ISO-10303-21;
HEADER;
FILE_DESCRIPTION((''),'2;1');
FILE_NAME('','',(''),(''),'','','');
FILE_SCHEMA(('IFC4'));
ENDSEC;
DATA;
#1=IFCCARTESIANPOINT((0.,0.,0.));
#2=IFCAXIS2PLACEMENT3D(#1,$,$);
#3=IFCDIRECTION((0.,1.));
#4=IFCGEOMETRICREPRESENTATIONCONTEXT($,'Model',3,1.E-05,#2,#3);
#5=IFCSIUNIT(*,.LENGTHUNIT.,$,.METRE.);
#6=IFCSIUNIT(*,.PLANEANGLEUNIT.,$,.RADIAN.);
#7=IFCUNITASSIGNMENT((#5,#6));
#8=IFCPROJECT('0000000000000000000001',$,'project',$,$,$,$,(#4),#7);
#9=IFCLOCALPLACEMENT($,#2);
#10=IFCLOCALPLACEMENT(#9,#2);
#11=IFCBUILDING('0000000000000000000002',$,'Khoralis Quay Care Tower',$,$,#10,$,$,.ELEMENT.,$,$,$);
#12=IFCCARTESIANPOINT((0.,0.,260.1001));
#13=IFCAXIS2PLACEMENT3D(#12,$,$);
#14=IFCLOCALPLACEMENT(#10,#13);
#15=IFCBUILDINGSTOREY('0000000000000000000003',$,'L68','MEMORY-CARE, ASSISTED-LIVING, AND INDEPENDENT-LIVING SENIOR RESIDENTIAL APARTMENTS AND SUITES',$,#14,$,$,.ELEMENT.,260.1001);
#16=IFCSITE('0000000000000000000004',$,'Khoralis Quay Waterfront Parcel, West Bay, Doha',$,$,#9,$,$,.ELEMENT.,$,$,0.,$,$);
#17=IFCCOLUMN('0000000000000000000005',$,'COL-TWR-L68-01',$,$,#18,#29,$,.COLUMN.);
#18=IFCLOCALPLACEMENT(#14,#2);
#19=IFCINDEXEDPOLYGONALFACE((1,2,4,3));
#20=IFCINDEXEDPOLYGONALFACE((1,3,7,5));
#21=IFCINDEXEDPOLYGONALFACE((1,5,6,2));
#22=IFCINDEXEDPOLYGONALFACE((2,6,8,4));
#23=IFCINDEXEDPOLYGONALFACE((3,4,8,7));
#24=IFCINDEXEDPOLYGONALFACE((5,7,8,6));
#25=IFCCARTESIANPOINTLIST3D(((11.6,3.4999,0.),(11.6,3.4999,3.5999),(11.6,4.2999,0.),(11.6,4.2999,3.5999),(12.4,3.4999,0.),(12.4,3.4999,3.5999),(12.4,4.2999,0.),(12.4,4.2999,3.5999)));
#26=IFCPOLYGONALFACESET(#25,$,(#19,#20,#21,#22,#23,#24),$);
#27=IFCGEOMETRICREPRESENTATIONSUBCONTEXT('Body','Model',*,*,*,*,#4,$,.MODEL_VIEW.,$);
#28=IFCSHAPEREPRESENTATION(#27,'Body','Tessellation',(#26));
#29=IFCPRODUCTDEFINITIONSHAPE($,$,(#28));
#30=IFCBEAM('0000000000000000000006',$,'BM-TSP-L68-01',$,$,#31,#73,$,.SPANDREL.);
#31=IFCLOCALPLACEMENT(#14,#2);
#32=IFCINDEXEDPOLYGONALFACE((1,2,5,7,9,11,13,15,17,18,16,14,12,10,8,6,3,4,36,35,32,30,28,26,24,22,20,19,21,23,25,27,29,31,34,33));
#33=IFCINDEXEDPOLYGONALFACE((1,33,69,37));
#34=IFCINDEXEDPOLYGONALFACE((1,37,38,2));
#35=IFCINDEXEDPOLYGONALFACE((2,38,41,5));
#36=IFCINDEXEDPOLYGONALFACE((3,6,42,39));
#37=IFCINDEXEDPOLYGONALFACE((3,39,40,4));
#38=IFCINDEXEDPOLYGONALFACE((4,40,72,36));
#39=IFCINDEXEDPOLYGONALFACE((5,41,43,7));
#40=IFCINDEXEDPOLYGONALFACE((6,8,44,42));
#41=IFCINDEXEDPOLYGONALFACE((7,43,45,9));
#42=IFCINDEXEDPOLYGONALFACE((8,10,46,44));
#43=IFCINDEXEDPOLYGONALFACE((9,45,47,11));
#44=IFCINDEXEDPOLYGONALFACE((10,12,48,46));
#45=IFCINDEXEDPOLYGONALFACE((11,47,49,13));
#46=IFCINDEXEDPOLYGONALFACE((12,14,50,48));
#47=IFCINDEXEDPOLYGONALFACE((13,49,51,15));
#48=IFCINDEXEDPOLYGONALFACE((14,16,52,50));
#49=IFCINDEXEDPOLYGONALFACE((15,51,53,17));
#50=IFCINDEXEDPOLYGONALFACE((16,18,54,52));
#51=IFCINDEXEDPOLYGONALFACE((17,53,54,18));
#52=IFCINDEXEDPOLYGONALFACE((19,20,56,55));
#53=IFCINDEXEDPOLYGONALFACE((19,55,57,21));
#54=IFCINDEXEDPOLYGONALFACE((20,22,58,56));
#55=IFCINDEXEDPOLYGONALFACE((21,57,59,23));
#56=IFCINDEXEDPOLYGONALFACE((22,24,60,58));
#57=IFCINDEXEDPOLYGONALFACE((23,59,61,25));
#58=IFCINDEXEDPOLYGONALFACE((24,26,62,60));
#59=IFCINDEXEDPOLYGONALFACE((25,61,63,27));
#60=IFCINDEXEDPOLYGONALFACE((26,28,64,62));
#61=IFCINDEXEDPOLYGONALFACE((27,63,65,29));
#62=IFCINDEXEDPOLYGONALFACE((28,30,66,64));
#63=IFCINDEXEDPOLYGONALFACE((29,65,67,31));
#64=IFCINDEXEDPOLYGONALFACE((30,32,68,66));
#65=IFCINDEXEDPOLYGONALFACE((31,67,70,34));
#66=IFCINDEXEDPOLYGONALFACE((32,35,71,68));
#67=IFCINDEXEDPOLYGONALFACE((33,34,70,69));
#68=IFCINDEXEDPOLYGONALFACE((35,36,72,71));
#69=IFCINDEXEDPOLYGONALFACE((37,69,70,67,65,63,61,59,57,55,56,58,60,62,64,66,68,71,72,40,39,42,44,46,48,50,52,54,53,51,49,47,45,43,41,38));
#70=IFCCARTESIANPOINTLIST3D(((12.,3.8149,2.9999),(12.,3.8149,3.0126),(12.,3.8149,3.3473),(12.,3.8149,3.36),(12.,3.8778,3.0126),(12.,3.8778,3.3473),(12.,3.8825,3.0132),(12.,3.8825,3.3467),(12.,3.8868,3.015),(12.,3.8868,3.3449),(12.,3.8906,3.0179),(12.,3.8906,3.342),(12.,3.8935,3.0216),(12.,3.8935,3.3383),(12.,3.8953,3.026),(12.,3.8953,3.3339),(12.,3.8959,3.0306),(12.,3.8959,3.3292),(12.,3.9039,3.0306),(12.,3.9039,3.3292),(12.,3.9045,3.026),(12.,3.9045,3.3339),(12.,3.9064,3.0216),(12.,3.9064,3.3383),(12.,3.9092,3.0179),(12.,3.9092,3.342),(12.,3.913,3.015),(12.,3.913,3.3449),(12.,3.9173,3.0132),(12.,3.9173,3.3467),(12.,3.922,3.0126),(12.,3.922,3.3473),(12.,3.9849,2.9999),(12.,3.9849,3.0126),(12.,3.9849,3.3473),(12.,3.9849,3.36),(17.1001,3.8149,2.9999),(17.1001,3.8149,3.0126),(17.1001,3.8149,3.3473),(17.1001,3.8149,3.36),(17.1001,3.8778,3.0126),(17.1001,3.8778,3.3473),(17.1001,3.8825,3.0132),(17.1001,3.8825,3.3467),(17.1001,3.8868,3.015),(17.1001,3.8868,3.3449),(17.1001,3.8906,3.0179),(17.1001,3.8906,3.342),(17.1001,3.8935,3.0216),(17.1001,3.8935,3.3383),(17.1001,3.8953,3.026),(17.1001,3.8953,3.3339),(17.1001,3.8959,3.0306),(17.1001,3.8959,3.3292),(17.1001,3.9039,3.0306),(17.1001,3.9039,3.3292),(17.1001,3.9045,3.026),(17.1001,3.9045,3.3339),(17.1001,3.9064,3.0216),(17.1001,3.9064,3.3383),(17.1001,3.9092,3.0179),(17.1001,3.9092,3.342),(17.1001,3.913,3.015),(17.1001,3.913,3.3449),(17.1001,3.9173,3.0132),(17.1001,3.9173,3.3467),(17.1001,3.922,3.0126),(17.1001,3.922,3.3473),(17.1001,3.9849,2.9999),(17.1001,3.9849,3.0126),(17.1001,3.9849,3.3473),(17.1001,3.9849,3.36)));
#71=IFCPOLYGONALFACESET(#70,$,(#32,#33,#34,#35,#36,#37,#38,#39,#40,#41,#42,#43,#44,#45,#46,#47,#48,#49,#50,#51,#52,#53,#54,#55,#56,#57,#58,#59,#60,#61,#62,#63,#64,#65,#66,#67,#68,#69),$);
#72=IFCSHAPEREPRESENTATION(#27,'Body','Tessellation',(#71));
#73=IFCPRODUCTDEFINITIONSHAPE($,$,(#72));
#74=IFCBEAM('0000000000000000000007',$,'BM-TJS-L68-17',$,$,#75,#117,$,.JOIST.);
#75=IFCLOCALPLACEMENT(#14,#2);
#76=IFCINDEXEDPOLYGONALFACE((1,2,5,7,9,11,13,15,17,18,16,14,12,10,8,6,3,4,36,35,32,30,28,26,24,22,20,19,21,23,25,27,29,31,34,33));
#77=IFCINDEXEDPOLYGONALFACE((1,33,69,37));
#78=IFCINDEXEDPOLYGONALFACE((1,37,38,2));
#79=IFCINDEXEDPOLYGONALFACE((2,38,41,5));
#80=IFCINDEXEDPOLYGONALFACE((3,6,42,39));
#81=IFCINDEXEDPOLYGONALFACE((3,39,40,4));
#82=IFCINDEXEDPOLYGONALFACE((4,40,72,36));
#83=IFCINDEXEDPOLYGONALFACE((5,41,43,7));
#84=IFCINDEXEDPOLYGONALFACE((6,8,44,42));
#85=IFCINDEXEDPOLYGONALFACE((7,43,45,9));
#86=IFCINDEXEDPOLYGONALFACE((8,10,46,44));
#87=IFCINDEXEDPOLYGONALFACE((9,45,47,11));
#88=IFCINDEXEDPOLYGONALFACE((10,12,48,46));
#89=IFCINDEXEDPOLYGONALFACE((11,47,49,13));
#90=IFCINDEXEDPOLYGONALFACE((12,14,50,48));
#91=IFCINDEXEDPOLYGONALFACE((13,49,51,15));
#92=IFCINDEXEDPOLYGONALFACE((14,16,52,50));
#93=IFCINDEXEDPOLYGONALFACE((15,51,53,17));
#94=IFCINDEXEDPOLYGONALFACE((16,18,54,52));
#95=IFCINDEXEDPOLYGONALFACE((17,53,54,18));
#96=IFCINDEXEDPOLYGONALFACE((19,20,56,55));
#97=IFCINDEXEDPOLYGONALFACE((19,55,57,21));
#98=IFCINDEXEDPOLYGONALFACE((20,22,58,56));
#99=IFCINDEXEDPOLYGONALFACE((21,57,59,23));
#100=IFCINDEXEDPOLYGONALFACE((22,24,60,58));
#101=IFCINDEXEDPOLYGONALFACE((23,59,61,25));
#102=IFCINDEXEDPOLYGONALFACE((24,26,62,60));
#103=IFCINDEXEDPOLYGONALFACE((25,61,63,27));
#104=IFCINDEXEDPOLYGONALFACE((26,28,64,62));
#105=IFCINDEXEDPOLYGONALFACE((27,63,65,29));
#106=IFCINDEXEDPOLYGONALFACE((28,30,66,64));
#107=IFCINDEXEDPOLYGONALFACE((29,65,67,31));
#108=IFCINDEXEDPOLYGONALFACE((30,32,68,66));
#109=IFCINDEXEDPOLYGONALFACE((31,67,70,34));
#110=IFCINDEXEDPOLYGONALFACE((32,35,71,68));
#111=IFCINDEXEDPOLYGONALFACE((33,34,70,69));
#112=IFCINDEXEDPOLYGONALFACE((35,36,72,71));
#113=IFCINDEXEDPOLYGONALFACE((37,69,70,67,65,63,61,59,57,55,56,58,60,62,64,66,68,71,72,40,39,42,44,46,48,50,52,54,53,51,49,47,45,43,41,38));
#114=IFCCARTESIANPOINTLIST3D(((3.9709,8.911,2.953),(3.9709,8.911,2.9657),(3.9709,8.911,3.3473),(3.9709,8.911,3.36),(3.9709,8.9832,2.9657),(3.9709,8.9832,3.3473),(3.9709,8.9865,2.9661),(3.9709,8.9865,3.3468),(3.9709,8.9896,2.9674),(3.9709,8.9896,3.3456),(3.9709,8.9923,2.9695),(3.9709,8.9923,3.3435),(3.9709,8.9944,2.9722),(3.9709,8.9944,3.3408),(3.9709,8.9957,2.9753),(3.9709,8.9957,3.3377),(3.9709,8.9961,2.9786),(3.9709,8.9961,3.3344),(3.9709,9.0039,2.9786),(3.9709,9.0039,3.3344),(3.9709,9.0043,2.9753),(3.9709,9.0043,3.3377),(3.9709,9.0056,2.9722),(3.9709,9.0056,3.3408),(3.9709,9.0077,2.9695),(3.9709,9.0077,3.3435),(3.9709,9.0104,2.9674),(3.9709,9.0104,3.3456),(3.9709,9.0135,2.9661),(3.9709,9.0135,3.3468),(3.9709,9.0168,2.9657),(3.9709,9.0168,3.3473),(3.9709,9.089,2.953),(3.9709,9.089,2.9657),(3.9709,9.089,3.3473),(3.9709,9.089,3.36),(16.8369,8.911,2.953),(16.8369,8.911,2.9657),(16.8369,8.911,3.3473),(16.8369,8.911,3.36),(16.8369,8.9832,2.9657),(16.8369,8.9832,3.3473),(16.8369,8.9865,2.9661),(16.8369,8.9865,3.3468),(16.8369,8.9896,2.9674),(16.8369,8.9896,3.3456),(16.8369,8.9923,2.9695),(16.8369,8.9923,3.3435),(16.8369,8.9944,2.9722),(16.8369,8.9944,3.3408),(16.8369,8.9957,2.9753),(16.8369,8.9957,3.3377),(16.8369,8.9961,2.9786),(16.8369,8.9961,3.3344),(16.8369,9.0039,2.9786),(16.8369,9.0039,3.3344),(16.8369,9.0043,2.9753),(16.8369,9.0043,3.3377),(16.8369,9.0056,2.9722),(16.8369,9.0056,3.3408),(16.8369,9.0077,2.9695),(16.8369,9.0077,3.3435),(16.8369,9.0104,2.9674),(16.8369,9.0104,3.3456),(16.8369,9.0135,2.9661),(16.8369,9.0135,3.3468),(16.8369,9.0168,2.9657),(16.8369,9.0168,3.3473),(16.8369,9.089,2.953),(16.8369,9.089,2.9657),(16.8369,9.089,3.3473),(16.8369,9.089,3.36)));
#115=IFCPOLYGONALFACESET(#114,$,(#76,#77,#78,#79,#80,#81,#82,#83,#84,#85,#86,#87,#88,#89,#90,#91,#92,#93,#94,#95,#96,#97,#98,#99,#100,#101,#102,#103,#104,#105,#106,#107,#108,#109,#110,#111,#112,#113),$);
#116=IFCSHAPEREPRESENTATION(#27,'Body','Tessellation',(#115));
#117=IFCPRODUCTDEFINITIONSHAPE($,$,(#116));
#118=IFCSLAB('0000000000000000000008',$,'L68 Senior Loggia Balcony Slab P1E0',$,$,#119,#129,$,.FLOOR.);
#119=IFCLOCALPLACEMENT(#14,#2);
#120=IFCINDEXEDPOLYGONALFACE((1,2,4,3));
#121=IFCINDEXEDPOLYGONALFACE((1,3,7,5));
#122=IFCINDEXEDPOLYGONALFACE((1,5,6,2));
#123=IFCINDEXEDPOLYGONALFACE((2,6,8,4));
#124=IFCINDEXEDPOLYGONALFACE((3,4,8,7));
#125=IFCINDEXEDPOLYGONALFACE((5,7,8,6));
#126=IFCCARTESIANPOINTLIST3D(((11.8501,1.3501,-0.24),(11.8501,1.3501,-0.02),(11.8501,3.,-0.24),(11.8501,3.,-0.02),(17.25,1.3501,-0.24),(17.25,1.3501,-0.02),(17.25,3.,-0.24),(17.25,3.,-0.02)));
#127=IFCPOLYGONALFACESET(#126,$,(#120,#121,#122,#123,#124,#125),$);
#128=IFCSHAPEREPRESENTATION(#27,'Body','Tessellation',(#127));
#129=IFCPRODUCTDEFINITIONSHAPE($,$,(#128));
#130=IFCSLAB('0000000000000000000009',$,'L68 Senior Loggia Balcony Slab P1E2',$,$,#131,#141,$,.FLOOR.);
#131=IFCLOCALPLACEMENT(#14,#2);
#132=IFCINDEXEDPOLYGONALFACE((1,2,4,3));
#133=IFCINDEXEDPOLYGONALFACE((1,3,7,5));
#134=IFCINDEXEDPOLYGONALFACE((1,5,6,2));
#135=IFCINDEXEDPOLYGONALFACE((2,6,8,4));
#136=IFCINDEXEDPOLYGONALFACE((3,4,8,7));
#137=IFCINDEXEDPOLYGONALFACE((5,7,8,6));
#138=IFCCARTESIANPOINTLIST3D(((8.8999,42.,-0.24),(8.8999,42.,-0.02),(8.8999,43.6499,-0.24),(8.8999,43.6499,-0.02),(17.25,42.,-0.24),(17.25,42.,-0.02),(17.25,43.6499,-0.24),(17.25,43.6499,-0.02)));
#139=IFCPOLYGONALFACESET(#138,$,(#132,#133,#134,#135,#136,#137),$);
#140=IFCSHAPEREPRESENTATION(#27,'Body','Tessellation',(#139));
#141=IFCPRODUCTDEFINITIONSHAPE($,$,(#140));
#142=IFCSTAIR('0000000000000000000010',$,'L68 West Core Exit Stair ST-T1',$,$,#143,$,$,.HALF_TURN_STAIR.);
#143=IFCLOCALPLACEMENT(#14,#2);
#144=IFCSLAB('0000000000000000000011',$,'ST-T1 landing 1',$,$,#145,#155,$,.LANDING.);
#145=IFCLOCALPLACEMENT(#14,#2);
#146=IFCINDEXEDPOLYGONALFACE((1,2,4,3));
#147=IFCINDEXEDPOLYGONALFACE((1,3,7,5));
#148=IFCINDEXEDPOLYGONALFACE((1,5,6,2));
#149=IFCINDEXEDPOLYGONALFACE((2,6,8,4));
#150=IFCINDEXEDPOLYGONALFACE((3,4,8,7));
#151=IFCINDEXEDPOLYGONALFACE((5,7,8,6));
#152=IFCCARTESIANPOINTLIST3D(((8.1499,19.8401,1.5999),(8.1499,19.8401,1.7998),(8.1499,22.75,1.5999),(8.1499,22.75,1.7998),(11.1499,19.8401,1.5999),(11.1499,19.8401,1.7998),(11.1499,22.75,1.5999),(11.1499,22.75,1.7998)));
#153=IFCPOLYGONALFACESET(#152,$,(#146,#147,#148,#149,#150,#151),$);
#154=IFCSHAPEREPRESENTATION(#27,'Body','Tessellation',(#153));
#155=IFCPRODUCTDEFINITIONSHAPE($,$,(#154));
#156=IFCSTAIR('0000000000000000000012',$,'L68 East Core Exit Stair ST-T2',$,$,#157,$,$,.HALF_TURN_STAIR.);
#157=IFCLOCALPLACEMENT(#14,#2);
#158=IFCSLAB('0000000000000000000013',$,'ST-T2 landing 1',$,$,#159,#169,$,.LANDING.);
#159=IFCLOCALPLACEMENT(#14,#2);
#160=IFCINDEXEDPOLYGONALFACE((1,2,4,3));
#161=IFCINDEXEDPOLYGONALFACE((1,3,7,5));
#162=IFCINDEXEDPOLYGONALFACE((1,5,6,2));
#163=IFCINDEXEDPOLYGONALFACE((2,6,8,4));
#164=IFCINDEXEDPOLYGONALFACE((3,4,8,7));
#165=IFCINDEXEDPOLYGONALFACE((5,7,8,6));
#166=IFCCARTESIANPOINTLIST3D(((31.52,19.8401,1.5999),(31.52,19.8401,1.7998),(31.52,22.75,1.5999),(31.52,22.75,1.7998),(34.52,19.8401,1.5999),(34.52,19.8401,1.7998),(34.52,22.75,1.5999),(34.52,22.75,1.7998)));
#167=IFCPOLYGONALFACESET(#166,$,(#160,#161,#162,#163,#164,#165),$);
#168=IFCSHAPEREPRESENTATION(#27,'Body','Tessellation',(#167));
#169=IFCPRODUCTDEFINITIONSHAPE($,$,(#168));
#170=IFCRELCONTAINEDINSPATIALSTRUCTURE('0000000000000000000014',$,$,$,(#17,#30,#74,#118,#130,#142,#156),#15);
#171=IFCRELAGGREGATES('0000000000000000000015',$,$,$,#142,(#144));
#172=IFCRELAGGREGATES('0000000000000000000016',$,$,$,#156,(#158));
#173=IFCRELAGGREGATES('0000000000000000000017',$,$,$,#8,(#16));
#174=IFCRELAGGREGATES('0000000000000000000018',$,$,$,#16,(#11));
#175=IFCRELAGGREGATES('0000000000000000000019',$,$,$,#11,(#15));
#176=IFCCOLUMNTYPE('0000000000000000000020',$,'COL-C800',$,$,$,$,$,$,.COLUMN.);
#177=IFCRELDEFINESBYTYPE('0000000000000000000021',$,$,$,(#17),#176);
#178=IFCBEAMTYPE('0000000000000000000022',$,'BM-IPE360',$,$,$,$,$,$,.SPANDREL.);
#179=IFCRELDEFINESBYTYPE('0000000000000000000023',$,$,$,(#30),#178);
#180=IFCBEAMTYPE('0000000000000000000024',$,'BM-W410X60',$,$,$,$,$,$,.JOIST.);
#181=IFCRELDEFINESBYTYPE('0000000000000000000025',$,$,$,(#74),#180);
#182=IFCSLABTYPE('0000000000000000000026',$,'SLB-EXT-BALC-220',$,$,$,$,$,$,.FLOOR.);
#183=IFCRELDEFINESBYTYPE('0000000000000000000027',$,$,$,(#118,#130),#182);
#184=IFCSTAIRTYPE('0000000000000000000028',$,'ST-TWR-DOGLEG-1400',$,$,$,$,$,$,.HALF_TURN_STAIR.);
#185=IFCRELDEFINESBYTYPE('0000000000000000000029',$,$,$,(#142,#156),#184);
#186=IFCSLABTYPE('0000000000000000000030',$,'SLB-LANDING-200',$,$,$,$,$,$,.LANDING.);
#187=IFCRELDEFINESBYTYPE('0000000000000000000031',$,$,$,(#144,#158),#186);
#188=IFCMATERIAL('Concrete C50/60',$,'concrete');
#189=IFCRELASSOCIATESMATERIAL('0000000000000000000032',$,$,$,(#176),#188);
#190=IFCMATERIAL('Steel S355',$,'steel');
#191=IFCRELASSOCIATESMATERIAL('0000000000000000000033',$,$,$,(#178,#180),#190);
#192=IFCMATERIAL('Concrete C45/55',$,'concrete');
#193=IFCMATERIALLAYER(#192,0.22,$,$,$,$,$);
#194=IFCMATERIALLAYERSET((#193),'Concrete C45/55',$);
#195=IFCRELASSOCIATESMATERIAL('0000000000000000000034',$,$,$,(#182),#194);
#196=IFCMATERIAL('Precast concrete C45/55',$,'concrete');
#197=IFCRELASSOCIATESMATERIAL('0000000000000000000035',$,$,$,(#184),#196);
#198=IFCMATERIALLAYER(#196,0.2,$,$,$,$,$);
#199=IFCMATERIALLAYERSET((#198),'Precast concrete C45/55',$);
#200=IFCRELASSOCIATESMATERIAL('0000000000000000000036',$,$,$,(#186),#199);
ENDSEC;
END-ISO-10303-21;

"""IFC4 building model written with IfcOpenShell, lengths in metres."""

from ifc_helpers import new_model, si_unit, direction, frame, origin, origin_2d, place, context, subcontext, project, spatial, polyline, rectangle, i_section, outline, extrude, source, transform, mapped, material, layer, layer_set, material_profile, profile_set, type_object, element, aggregate, save


model = new_model("IFC4")

# Units and contexts
model_context = context("Model", 3, precision=1e-05, world=origin(), true_north=direction((0.0, 1.0)))
body_context = subcontext(model_context, "Body", "Model", "MODEL_VIEW")
ifc_project = project(units=[si_unit("LENGTHUNIT", "METRE"), si_unit("PLANEANGLEUNIT", "RADIAN")], contexts=[model_context])

# Site, building, storey
site_placement = place(None, origin())
site = spatial("IfcSite", under=ifc_project, at=site_placement, Name="Khoralis Quay Waterfront Parcel, West Bay, Doha", CompositionType="ELEMENT", RefElevation=0.0)
building_placement = place(site_placement, origin())
building = spatial("IfcBuilding", under=site, at=building_placement, Name="Khoralis Quay Care Tower", CompositionType="ELEMENT")
storey_placement = place(building_placement, frame((0.0, 0.0, 260.1001)))
storey = spatial("IfcBuildingStorey", under=building, at=storey_placement, Name="L68", Description="MEMORY-CARE, ASSISTED-LIVING, AND INDEPENDENT-LIVING SENIOR RESIDENTIAL APARTMENTS AND SUITES", CompositionType="ELEMENT", Elevation=260.1001)

# Column
ifc_material_1 = material(Name="Concrete C50/60", Category="concrete")
ifc_material_profile_1 = material_profile(ifc_material_1, rectangle(XDim=0.8, YDim=0.8, at=origin_2d()), Name="Concrete C50/60")
ifc_profile_set_1 = profile_set([ifc_material_profile_1], Name="Concrete C50/60")
column_type = type_object("IfcColumnType", Name="COL-C800", PredefinedType="COLUMN", material=ifc_profile_set_1)
shared_shape_1 = source(origin(), body_context, "Body", "SweptSolid", [
    extrude(rectangle(XDim=0.8, YDim=0.8, at=origin_2d()), origin(), (0.0, 0.0, 1.0), 3.5999),
])
column_placement = place(storey_placement, frame((12.0, 3.8999, 0.0), z_axis=(0.0, 0.0, 1.0), x_axis=(1.0, 0.0, 0.0)))
element("IfcColumn", 1, at=column_placement, inside=storey, type_object=column_type, Name="COL-TWR-L68-01", PredefinedType="COLUMN", context=body_context, shape_type="MappedRepresentation", body=[
    mapped(shared_shape_1, transform((0.0, 0.0, 0.0), scale=1.0)),
])

# Beams
ifc_material_2 = material(Name="Steel S355", Category="steel")
ifc_material_profile_2 = material_profile(ifc_material_2, i_section(OverallWidth=0.1699, OverallDepth=0.3601, WebThickness=0.0081, FlangeThickness=0.0127, FilletRadius=0.0181, at=origin_2d()), Name="Steel S355")
ifc_profile_set_2 = profile_set([ifc_material_profile_2], Name="Steel S355")
beam_type_1 = type_object("IfcBeamType", Name="BM-IPE360", PredefinedType="SPANDREL", material=ifc_profile_set_2)
shared_shape_2 = source(origin(), body_context, "Body", "SweptSolid", [
    extrude(i_section(OverallWidth=0.1699, OverallDepth=0.3601, WebThickness=0.0081, FlangeThickness=0.0127, FilletRadius=0.0181, at=origin_2d()), origin(), (0.0, 0.0, 1.0), 5.1001),
])
beam_1_placement = place(storey_placement, frame((12.0, 3.8999, 3.1799), z_axis=(1.0, 0.0, 0.0), x_axis=(0.0, 1.0, 0.0)))
element("IfcBeam", 2, at=beam_1_placement, inside=storey, type_object=beam_type_1, Name="BM-TSP-L68-01", PredefinedType="SPANDREL", context=body_context, shape_type="MappedRepresentation", body=[
    mapped(shared_shape_2, transform((0.0, 0.0, 0.0), scale=1.0)),
])
ifc_material_profile_3 = material_profile(ifc_material_2, i_section(OverallWidth=0.178, OverallDepth=0.407, WebThickness=0.0078, FlangeThickness=0.0127, FilletRadius=0.0129, at=origin_2d()), Name="Steel S355")
ifc_profile_set_3 = profile_set([ifc_material_profile_3], Name="Steel S355")
beam_type_2 = type_object("IfcBeamType", Name="BM-W410X60", PredefinedType="JOIST", material=ifc_profile_set_3)
shared_shape_3 = source(origin(), body_context, "Body", "SweptSolid", [
    extrude(i_section(OverallWidth=0.178, OverallDepth=0.407, WebThickness=0.0078, FlangeThickness=0.0127, FilletRadius=0.0129, at=origin_2d()), origin(), (0.0, 0.0, 1.0), 12.866),
])
beam_2_placement = place(storey_placement, frame((3.9709, 9.0, 3.1565), z_axis=(1.0, 0.0, 0.0), x_axis=(0.0, 1.0, 0.0)))
element("IfcBeam", 3, at=beam_2_placement, inside=storey, type_object=beam_type_2, Name="BM-TJS-L68-17", PredefinedType="JOIST", context=body_context, shape_type="MappedRepresentation", body=[
    mapped(shared_shape_3, transform((0.0, 0.0, 0.0), scale=1.0)),
])

# Slabs
ifc_material_3 = material(Name="Concrete C45/55", Category="concrete")
ifc_layer_1 = layer(ifc_material_3, 0.22)
ifc_layer_set_1 = layer_set([ifc_layer_1], Name="Concrete C45/55")
slab_type_1 = type_object("IfcSlabType", Name="SLB-EXT-BALC-220", PredefinedType="FLOOR", material=ifc_layer_set_1)
slab_1_placement = place(storey_placement, frame((0.0, 0.0, -0.24)))
element("IfcSlab", 4, at=slab_1_placement, inside=storey, type_object=slab_type_1, Name="L68 Senior Loggia Balcony Slab P1E0", PredefinedType="FLOOR", context=body_context, shape_type="SweptSolid", body=[
    extrude(outline(polyline([(11.8501, 1.3501), (17.25, 1.3501), (17.25, 3.0), (11.8501, 3.0), (11.8501, 1.3501)])), origin(), (0.0, 0.0, 1.0), 0.22),
])
slab_2_placement = place(storey_placement, frame((0.0, 0.0, -0.24)))
element("IfcSlab", 5, at=slab_2_placement, inside=storey, type_object=slab_type_1, Name="L68 Senior Loggia Balcony Slab P1E2", PredefinedType="FLOOR", context=body_context, shape_type="SweptSolid", body=[
    extrude(outline(polyline([(8.8999, 42.0), (17.25, 42.0), (17.25, 43.6499), (8.8999, 43.6499), (8.8999, 42.0)])), origin(), (0.0, 0.0, 1.0), 0.22),
])

# Stairs, slabs
ifc_material_4 = material(Name="Precast concrete C45/55", Category="concrete")
stair_type = type_object("IfcStairType", Name="ST-TWR-DOGLEG-1400", PredefinedType="HALF_TURN_STAIR", material=ifc_material_4)
stair_1_placement = place(storey_placement, origin())
stair_1 = element("IfcStair", 6, at=stair_1_placement, inside=storey, type_object=stair_type, Name="L68 West Core Exit Stair ST-T1", PredefinedType="HALF_TURN_STAIR")
ifc_layer_2 = layer(ifc_material_4, 0.2)
ifc_layer_set_2 = layer_set([ifc_layer_2], Name="Precast concrete C45/55")
slab_type_2 = type_object("IfcSlabType", Name="SLB-LANDING-200", PredefinedType="LANDING", material=ifc_layer_set_2)
slab_3_placement = place(storey_placement, frame((0.0, 0.0, 1.5999)))
slab_3 = element("IfcSlab", 7, at=slab_3_placement, type_object=slab_type_2, Name="ST-T1 landing 1", PredefinedType="LANDING", context=body_context, shape_type="SweptSolid", body=[
    extrude(outline(polyline([(11.1499, 19.8401), (11.1499, 22.75), (8.1499, 22.75), (8.1499, 19.8401), (11.1499, 19.8401)])), origin(), (0.0, 0.0, 1.0), 0.2),
])
aggregate(stair_1, [slab_3])
stair_2_placement = place(storey_placement, origin())
stair_2 = element("IfcStair", 8, at=stair_2_placement, inside=storey, type_object=stair_type, Name="L68 East Core Exit Stair ST-T2", PredefinedType="HALF_TURN_STAIR")
slab_4_placement = place(storey_placement, frame((0.0, 0.0, 1.5999)))
slab_4 = element("IfcSlab", 9, at=slab_4_placement, type_object=slab_type_2, Name="ST-T2 landing 1", PredefinedType="LANDING", context=body_context, shape_type="SweptSolid", body=[
    extrude(outline(polyline([(34.52, 19.8401), (34.52, 22.75), (31.52, 22.75), (31.52, 19.8401), (34.52, 19.8401)])), origin(), (0.0, 0.0, 1.0), 0.2),
])
aggregate(stair_2, [slab_4])

save(model, "model.ifc")
